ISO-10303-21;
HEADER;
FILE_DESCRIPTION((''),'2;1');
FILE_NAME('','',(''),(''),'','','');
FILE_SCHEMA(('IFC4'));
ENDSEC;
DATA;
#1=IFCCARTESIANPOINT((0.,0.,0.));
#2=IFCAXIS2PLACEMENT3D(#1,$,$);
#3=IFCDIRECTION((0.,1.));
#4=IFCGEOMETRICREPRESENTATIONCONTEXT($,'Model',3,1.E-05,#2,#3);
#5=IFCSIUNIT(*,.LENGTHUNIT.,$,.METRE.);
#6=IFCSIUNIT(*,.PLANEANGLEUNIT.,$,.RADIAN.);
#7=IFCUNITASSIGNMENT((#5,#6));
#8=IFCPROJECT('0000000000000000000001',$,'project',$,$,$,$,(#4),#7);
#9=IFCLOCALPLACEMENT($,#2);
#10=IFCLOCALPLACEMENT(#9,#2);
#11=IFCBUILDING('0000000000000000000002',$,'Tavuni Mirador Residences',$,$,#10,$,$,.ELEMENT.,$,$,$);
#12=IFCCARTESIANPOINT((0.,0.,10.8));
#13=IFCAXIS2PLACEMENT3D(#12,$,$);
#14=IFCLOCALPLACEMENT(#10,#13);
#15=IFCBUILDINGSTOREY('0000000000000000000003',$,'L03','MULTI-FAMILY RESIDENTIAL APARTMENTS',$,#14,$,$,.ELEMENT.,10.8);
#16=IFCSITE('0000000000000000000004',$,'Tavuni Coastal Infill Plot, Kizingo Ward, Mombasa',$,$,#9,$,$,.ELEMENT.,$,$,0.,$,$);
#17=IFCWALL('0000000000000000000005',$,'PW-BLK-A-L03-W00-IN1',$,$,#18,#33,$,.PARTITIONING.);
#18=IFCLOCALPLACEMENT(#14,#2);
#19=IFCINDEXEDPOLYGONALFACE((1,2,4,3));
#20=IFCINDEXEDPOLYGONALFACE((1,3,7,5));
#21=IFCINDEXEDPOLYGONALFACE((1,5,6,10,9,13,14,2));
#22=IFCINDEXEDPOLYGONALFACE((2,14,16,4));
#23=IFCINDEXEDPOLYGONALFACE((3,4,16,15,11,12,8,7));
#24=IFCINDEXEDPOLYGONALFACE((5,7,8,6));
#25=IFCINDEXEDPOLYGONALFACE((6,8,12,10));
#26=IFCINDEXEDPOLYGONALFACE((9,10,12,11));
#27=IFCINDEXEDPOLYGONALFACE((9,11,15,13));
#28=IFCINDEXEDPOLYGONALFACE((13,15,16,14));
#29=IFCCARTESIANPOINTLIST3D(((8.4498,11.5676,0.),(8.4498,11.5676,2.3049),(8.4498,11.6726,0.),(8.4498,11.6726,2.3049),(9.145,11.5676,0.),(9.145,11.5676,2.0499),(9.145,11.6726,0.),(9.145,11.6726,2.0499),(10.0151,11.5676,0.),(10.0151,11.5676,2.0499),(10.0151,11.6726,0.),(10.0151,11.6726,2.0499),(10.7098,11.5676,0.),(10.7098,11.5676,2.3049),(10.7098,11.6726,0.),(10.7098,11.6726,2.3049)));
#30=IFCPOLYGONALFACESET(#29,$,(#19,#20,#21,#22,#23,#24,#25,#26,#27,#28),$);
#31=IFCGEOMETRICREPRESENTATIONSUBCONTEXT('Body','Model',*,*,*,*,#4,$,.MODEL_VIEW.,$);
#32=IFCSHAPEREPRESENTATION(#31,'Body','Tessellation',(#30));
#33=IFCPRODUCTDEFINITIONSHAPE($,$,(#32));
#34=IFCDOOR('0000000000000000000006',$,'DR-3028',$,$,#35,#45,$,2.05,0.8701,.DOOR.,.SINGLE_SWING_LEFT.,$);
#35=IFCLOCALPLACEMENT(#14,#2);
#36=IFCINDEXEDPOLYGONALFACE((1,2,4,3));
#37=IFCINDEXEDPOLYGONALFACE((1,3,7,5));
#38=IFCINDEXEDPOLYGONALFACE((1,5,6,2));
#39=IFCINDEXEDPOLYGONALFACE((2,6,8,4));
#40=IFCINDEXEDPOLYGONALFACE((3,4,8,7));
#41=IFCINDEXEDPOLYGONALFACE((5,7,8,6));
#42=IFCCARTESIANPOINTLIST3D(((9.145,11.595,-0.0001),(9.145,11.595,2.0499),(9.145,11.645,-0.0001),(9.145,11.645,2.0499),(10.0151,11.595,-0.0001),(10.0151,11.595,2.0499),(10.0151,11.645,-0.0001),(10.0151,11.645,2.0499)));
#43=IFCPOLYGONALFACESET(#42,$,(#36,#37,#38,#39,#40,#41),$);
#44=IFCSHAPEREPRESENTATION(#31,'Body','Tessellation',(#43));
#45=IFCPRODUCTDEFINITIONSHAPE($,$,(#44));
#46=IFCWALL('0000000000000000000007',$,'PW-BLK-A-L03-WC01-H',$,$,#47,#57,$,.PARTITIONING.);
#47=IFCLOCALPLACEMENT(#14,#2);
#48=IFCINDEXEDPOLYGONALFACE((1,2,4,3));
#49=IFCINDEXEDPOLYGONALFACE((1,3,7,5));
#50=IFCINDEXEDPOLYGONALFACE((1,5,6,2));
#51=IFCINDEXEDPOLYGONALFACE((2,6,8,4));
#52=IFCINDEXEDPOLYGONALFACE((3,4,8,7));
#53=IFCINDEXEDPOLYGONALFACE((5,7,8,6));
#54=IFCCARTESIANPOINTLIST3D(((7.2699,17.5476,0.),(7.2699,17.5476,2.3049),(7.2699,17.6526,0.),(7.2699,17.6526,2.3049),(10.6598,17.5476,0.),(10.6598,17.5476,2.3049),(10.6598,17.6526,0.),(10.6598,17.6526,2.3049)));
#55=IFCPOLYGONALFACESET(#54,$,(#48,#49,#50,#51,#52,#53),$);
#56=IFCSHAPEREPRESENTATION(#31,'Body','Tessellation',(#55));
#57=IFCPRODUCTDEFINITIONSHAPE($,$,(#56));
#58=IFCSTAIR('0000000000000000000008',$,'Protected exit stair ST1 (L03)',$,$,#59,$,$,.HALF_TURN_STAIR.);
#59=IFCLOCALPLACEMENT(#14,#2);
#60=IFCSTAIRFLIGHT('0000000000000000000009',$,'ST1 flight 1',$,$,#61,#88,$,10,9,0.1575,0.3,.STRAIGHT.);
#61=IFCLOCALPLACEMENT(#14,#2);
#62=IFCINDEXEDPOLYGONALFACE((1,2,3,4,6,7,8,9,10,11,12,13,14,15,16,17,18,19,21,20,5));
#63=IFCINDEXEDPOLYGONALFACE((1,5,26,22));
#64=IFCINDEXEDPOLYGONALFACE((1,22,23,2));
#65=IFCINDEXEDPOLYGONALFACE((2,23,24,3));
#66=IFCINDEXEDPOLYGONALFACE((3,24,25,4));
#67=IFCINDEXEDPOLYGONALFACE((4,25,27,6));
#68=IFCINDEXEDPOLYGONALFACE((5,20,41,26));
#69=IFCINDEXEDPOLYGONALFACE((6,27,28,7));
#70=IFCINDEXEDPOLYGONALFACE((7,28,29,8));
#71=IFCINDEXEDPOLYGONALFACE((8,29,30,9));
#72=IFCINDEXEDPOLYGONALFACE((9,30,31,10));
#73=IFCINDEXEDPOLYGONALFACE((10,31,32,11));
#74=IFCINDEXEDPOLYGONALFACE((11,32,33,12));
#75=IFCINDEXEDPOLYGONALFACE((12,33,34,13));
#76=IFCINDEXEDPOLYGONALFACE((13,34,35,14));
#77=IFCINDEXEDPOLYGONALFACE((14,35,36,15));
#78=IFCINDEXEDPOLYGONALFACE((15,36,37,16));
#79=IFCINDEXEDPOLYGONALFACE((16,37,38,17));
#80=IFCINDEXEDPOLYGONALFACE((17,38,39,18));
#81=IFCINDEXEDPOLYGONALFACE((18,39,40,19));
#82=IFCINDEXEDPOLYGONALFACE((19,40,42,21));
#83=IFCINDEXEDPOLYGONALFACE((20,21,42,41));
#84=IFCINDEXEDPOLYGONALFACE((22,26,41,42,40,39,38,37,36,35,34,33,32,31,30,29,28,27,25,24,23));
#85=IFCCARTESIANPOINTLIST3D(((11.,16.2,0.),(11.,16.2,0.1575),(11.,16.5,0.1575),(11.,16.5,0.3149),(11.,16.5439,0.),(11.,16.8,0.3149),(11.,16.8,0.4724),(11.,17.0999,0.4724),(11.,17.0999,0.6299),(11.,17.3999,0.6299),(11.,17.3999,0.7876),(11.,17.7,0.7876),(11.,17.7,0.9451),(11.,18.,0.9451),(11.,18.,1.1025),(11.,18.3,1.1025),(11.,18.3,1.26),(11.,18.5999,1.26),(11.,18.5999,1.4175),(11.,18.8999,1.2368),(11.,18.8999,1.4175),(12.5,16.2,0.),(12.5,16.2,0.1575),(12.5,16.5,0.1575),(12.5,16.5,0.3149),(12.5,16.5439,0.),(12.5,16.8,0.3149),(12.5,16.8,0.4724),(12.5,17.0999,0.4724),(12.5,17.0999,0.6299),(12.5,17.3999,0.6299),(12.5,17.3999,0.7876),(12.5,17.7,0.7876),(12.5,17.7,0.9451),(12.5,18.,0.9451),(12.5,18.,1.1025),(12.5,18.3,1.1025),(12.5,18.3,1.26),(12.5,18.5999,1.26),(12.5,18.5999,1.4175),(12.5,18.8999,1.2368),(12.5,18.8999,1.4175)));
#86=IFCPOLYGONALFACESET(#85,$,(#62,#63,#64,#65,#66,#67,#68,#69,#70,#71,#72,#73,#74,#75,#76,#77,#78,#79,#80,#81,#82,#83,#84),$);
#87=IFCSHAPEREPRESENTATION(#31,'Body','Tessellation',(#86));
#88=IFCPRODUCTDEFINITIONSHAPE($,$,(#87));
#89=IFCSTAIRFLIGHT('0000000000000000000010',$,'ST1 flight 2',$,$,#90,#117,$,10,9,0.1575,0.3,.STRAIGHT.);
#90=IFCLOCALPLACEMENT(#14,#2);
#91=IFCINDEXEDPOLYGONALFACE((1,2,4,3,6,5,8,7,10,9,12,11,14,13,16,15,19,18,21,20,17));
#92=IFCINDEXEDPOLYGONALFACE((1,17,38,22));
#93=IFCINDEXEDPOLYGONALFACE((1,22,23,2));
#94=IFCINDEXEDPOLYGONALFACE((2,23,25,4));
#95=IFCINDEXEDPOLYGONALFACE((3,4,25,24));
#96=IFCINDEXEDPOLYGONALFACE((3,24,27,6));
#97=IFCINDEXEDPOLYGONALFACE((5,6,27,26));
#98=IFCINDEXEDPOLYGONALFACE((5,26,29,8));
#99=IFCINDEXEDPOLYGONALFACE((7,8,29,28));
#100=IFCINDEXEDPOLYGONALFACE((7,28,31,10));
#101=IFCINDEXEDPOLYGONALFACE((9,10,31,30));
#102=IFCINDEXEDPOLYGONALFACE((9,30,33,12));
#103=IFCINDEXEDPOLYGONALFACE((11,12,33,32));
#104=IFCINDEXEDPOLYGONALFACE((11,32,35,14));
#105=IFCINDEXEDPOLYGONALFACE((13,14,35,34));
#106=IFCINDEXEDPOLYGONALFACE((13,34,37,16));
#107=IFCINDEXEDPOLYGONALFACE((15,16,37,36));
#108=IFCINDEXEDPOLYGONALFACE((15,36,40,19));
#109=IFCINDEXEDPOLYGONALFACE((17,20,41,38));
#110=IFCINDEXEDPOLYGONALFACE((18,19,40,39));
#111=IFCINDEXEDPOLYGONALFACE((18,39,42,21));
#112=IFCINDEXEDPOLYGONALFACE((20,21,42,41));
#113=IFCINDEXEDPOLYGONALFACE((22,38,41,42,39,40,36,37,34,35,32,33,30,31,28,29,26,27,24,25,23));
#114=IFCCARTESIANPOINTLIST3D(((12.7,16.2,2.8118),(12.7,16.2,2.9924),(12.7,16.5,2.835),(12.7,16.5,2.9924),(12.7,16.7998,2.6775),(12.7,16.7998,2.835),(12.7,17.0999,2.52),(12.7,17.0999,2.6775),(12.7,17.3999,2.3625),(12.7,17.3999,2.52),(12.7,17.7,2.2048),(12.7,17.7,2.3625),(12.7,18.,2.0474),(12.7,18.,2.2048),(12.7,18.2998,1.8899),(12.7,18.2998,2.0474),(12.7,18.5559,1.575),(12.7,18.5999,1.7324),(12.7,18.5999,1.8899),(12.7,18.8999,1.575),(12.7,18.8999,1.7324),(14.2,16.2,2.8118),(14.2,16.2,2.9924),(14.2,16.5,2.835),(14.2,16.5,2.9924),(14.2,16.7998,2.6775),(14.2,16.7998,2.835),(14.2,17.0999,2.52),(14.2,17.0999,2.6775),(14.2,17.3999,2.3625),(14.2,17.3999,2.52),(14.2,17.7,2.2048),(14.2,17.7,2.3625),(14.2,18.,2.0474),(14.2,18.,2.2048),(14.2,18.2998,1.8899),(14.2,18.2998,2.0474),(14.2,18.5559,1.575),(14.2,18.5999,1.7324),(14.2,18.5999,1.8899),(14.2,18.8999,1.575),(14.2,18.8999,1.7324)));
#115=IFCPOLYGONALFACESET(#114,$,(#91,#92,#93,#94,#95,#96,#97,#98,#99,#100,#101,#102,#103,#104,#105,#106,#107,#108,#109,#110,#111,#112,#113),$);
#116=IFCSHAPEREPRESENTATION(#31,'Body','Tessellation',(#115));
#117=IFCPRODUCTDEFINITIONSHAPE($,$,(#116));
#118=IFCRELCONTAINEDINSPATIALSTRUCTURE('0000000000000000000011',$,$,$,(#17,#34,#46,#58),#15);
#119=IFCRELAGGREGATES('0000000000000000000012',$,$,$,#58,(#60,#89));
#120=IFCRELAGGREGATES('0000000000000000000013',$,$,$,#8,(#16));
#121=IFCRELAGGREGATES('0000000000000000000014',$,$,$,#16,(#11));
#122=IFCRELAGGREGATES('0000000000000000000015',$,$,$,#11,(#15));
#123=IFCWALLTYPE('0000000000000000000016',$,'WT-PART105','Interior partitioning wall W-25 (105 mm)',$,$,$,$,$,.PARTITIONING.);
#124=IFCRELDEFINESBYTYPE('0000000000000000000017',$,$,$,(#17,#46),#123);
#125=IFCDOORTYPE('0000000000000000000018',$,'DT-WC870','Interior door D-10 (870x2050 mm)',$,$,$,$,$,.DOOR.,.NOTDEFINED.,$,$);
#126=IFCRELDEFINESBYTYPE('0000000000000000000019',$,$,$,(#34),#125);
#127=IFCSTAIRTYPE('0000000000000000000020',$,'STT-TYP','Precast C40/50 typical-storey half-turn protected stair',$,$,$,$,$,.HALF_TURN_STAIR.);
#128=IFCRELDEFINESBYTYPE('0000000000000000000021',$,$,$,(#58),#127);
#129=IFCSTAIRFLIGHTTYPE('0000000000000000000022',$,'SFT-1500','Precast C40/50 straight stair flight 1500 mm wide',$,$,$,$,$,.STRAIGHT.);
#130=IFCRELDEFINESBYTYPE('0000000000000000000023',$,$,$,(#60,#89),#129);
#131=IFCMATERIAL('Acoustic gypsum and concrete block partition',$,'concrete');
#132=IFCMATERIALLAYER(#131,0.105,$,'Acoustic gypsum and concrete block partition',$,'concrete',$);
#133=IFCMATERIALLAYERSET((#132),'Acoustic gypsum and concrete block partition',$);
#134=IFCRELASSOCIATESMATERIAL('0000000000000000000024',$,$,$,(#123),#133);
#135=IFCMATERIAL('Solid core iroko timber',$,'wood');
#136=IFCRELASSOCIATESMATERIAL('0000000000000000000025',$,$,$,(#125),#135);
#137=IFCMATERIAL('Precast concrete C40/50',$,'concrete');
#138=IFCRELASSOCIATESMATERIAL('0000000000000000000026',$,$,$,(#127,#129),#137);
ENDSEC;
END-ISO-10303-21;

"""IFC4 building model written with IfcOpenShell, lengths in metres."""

from ifc_helpers import new_model, si_unit, direction, frame, frame_2d, origin, place, context, subcontext, project, spatial, polyline, rectangle, outline, extrude, material, layer, layer_set, type_object, element, fill, aggregate, save


model = new_model("IFC4")

# Units and contexts
model_context = context("Model", 3, precision=1e-05, world=origin(), true_north=direction((0.0, 1.0)))
body_context = subcontext(model_context, "Body", "Model", "MODEL_VIEW")
ifc_project = project(units=[si_unit("LENGTHUNIT", "METRE"), si_unit("PLANEANGLEUNIT", "RADIAN")], contexts=[model_context])

# Site, building, storey
site_placement = place(None, origin())
site = spatial("IfcSite", under=ifc_project, at=site_placement, Name="Tavuni Coastal Infill Plot, Kizingo Ward, Mombasa", CompositionType="ELEMENT", RefElevation=0.0)
building_placement = place(site_placement, origin())
building = spatial("IfcBuilding", under=site, at=building_placement, Name="Tavuni Mirador Residences", CompositionType="ELEMENT")
storey_placement = place(building_placement, frame((0.0, 0.0, 10.8)))
storey = spatial("IfcBuildingStorey", under=building, at=storey_placement, Name="L03", Description="MULTI-FAMILY RESIDENTIAL APARTMENTS", CompositionType="ELEMENT", Elevation=10.8)

# Shared definitions
ifc_material_1 = material(Name="Precast concrete C40/50", Category="concrete")

# Shared definitions
ifc_material_2 = material(Name="Solid core iroko timber", Category="wood")

# Wall, opening, door
ifc_material_3 = material(Name="Acoustic gypsum and concrete block partition", Category="concrete")
ifc_layer_1 = layer(ifc_material_3, 0.105, Name="Acoustic gypsum and concrete block partition", Category="concrete")
ifc_layer_set_1 = layer_set([ifc_layer_1], Name="Acoustic gypsum and concrete block partition")
wall_type_1 = type_object("IfcWallType", Name="WT-PART105", Description="Interior partitioning wall W-25 (105 mm)", PredefinedType="PARTITIONING", material=ifc_layer_set_1)
wall_1_placement = place(storey_placement, frame((8.45, 11.6201, 0.0), z_axis=(0.0, 0.0, 1.0), x_axis=(1.0, 0.0, 0.0)))
wall_1 = element("IfcWall", 1, at=wall_1_placement, inside=storey, type_object=wall_type_1, Name="PW-BLK-A-L03-W00-IN1", PredefinedType="PARTITIONING", context=body_context, shape_type="SweptSolid", body=[
    extrude(rectangle(XDim=2.26, YDim=0.105, at=frame_2d((1.1299, 0.0))), origin(), (0.0, 0.0, 1.0), 2.3049),
])
opening_1_placement = place(wall_1_placement, frame((0.6951, 0.0, 0.0)))
opening_1 = element("IfcOpeningElement", 2, at=opening_1_placement, cuts=wall_1, PredefinedType="OPENING", context=body_context, shape_type="SweptSolid", body=[
    extrude(rectangle(XDim=0.8701, YDim=2.05, at=frame_2d((0.4351, 1.0249))), frame((0.0, 0.0625, 0.0), z_axis=(0.0, -1.0, 0.0), x_axis=(1.0, 0.0, 0.0)), (0.0, 0.0, 1.0), 0.125),
])
door_type_1 = type_object("IfcDoorType", Name="DT-WC870", Description="Interior door D-10 (870x2050 mm)", OperationType="NOTDEFINED", PredefinedType="DOOR", material=ifc_material_2)
door_1_placement = place(opening_1_placement, origin())
door_1 = element("IfcDoor", 3, at=door_1_placement, inside=storey, type_object=door_type_1, Name="DR-3028", OperationType="SINGLE_SWING_LEFT", OverallHeight=2.05, OverallWidth=0.8701, PredefinedType="DOOR", context=body_context, shape_type="SweptSolid", body=[
    extrude(rectangle(XDim=0.8701, YDim=2.05, at=frame_2d((0.4351, 1.0249))), frame((0.0, 0.0249, 0.0), z_axis=(0.0, -1.0, 0.0), x_axis=(1.0, 0.0, 0.0)), (0.0, 0.0, 1.0), 0.05),
])
fill(opening_1, door_1)

# Wall
wall_2_placement = place(storey_placement, frame((7.27, 17.6001, 0.0), z_axis=(0.0, 0.0, 1.0), x_axis=(1.0, 0.0, 0.0)))
element("IfcWall", 4, at=wall_2_placement, inside=storey, type_object=wall_type_1, Name="PW-BLK-A-L03-WC01-H", PredefinedType="PARTITIONING", context=body_context, shape_type="SweptSolid", body=[
    extrude(rectangle(XDim=3.3899, YDim=0.105, at=frame_2d((1.6948, 0.0))), origin(), (0.0, 0.0, 1.0), 2.3049),
])

# Stair, stair flights
stair_type = type_object("IfcStairType", Name="STT-TYP", Description="Precast C40/50 typical-storey half-turn protected stair", PredefinedType="HALF_TURN_STAIR", material=ifc_material_1)
stair_placement = place(storey_placement, origin())
stair = element("IfcStair", 5, at=stair_placement, inside=storey, type_object=stair_type, Name="Protected exit stair ST1 (L03)", PredefinedType="HALF_TURN_STAIR")
stair_flight_type = type_object("IfcStairFlightType", Name="SFT-1500", Description="Precast C40/50 straight stair flight 1500 mm wide", PredefinedType="STRAIGHT", material=ifc_material_1)
stair_flight_1_placement = place(storey_placement, frame((11.75, 16.2, 0.0), z_axis=(0.0, 0.0, 1.0), x_axis=(0.0, 1.0, 0.0)))
stair_flight_1 = element("IfcStairFlight", 6, at=stair_flight_1_placement, type_object=stair_flight_type, Name="ST1 flight 1", NumberOfRisers=10, NumberOfTreads=9, PredefinedType="STRAIGHT", RiserHeight=0.1575, TreadLength=0.3, context=body_context, shape_type="SweptSolid", body=[
    extrude(outline(polyline([(0.0, 0.0), (0.0, 0.1575), (0.3, 0.1575), (0.3, 0.3149), (0.6001, 0.3149), (0.6001, 0.4724), (0.8999, 0.4724), (0.8999, 0.6299), (1.2, 0.6299), (1.2, 0.7876), (1.5, 0.7876), (1.5, 0.9451), (1.8, 0.9451), (1.8, 1.1025), (2.1001, 1.1025), (2.1001, 1.26), (2.3999, 1.26), (2.3999, 1.4175), (2.7, 1.4175), (2.7, 1.575), (2.7, 1.2368), (0.344, 0.0), (0.0, 0.0)])), frame((0.0, 0.75, 0.0), z_axis=(0.0, -1.0, 0.0), x_axis=(1.0, 0.0, 0.0)), (0.0, 0.0, 1.0), 1.5),
])
stair_flight_2_placement = place(storey_placement, frame((13.45, 18.8999, 1.575), z_axis=(0.0, 0.0, 1.0), x_axis=(0.0, -1.0, 0.0)))
stair_flight_2 = element("IfcStairFlight", 7, at=stair_flight_2_placement, type_object=stair_flight_type, Name="ST1 flight 2", NumberOfRisers=10, NumberOfTreads=9, PredefinedType="STRAIGHT", RiserHeight=0.1575, TreadLength=0.3, context=body_context, shape_type="SweptSolid", body=[
    extrude(outline(polyline([(0.0, 0.0), (0.0, 0.1575), (0.3, 0.1575), (0.3, 0.3149), (0.6001, 0.3149), (0.6001, 0.4724), (0.8999, 0.4724), (0.8999, 0.6299), (1.2, 0.6299), (1.2, 0.7876), (1.5, 0.7876), (1.5, 0.9451), (1.8, 0.9451), (1.8, 1.1025), (2.1001, 1.1025), (2.1001, 1.26), (2.3999, 1.26), (2.3999, 1.4175), (2.7, 1.4175), (2.7, 1.575), (2.7, 1.2368), (0.344, 0.0), (0.0, 0.0)])), frame((0.0, 0.75, 0.0), z_axis=(0.0, -1.0, 0.0), x_axis=(1.0, 0.0, 0.0)), (0.0, 0.0, 1.0), 1.5),
])
aggregate(stair, [stair_flight_1, stair_flight_2])

save(model, "model.ifc")
